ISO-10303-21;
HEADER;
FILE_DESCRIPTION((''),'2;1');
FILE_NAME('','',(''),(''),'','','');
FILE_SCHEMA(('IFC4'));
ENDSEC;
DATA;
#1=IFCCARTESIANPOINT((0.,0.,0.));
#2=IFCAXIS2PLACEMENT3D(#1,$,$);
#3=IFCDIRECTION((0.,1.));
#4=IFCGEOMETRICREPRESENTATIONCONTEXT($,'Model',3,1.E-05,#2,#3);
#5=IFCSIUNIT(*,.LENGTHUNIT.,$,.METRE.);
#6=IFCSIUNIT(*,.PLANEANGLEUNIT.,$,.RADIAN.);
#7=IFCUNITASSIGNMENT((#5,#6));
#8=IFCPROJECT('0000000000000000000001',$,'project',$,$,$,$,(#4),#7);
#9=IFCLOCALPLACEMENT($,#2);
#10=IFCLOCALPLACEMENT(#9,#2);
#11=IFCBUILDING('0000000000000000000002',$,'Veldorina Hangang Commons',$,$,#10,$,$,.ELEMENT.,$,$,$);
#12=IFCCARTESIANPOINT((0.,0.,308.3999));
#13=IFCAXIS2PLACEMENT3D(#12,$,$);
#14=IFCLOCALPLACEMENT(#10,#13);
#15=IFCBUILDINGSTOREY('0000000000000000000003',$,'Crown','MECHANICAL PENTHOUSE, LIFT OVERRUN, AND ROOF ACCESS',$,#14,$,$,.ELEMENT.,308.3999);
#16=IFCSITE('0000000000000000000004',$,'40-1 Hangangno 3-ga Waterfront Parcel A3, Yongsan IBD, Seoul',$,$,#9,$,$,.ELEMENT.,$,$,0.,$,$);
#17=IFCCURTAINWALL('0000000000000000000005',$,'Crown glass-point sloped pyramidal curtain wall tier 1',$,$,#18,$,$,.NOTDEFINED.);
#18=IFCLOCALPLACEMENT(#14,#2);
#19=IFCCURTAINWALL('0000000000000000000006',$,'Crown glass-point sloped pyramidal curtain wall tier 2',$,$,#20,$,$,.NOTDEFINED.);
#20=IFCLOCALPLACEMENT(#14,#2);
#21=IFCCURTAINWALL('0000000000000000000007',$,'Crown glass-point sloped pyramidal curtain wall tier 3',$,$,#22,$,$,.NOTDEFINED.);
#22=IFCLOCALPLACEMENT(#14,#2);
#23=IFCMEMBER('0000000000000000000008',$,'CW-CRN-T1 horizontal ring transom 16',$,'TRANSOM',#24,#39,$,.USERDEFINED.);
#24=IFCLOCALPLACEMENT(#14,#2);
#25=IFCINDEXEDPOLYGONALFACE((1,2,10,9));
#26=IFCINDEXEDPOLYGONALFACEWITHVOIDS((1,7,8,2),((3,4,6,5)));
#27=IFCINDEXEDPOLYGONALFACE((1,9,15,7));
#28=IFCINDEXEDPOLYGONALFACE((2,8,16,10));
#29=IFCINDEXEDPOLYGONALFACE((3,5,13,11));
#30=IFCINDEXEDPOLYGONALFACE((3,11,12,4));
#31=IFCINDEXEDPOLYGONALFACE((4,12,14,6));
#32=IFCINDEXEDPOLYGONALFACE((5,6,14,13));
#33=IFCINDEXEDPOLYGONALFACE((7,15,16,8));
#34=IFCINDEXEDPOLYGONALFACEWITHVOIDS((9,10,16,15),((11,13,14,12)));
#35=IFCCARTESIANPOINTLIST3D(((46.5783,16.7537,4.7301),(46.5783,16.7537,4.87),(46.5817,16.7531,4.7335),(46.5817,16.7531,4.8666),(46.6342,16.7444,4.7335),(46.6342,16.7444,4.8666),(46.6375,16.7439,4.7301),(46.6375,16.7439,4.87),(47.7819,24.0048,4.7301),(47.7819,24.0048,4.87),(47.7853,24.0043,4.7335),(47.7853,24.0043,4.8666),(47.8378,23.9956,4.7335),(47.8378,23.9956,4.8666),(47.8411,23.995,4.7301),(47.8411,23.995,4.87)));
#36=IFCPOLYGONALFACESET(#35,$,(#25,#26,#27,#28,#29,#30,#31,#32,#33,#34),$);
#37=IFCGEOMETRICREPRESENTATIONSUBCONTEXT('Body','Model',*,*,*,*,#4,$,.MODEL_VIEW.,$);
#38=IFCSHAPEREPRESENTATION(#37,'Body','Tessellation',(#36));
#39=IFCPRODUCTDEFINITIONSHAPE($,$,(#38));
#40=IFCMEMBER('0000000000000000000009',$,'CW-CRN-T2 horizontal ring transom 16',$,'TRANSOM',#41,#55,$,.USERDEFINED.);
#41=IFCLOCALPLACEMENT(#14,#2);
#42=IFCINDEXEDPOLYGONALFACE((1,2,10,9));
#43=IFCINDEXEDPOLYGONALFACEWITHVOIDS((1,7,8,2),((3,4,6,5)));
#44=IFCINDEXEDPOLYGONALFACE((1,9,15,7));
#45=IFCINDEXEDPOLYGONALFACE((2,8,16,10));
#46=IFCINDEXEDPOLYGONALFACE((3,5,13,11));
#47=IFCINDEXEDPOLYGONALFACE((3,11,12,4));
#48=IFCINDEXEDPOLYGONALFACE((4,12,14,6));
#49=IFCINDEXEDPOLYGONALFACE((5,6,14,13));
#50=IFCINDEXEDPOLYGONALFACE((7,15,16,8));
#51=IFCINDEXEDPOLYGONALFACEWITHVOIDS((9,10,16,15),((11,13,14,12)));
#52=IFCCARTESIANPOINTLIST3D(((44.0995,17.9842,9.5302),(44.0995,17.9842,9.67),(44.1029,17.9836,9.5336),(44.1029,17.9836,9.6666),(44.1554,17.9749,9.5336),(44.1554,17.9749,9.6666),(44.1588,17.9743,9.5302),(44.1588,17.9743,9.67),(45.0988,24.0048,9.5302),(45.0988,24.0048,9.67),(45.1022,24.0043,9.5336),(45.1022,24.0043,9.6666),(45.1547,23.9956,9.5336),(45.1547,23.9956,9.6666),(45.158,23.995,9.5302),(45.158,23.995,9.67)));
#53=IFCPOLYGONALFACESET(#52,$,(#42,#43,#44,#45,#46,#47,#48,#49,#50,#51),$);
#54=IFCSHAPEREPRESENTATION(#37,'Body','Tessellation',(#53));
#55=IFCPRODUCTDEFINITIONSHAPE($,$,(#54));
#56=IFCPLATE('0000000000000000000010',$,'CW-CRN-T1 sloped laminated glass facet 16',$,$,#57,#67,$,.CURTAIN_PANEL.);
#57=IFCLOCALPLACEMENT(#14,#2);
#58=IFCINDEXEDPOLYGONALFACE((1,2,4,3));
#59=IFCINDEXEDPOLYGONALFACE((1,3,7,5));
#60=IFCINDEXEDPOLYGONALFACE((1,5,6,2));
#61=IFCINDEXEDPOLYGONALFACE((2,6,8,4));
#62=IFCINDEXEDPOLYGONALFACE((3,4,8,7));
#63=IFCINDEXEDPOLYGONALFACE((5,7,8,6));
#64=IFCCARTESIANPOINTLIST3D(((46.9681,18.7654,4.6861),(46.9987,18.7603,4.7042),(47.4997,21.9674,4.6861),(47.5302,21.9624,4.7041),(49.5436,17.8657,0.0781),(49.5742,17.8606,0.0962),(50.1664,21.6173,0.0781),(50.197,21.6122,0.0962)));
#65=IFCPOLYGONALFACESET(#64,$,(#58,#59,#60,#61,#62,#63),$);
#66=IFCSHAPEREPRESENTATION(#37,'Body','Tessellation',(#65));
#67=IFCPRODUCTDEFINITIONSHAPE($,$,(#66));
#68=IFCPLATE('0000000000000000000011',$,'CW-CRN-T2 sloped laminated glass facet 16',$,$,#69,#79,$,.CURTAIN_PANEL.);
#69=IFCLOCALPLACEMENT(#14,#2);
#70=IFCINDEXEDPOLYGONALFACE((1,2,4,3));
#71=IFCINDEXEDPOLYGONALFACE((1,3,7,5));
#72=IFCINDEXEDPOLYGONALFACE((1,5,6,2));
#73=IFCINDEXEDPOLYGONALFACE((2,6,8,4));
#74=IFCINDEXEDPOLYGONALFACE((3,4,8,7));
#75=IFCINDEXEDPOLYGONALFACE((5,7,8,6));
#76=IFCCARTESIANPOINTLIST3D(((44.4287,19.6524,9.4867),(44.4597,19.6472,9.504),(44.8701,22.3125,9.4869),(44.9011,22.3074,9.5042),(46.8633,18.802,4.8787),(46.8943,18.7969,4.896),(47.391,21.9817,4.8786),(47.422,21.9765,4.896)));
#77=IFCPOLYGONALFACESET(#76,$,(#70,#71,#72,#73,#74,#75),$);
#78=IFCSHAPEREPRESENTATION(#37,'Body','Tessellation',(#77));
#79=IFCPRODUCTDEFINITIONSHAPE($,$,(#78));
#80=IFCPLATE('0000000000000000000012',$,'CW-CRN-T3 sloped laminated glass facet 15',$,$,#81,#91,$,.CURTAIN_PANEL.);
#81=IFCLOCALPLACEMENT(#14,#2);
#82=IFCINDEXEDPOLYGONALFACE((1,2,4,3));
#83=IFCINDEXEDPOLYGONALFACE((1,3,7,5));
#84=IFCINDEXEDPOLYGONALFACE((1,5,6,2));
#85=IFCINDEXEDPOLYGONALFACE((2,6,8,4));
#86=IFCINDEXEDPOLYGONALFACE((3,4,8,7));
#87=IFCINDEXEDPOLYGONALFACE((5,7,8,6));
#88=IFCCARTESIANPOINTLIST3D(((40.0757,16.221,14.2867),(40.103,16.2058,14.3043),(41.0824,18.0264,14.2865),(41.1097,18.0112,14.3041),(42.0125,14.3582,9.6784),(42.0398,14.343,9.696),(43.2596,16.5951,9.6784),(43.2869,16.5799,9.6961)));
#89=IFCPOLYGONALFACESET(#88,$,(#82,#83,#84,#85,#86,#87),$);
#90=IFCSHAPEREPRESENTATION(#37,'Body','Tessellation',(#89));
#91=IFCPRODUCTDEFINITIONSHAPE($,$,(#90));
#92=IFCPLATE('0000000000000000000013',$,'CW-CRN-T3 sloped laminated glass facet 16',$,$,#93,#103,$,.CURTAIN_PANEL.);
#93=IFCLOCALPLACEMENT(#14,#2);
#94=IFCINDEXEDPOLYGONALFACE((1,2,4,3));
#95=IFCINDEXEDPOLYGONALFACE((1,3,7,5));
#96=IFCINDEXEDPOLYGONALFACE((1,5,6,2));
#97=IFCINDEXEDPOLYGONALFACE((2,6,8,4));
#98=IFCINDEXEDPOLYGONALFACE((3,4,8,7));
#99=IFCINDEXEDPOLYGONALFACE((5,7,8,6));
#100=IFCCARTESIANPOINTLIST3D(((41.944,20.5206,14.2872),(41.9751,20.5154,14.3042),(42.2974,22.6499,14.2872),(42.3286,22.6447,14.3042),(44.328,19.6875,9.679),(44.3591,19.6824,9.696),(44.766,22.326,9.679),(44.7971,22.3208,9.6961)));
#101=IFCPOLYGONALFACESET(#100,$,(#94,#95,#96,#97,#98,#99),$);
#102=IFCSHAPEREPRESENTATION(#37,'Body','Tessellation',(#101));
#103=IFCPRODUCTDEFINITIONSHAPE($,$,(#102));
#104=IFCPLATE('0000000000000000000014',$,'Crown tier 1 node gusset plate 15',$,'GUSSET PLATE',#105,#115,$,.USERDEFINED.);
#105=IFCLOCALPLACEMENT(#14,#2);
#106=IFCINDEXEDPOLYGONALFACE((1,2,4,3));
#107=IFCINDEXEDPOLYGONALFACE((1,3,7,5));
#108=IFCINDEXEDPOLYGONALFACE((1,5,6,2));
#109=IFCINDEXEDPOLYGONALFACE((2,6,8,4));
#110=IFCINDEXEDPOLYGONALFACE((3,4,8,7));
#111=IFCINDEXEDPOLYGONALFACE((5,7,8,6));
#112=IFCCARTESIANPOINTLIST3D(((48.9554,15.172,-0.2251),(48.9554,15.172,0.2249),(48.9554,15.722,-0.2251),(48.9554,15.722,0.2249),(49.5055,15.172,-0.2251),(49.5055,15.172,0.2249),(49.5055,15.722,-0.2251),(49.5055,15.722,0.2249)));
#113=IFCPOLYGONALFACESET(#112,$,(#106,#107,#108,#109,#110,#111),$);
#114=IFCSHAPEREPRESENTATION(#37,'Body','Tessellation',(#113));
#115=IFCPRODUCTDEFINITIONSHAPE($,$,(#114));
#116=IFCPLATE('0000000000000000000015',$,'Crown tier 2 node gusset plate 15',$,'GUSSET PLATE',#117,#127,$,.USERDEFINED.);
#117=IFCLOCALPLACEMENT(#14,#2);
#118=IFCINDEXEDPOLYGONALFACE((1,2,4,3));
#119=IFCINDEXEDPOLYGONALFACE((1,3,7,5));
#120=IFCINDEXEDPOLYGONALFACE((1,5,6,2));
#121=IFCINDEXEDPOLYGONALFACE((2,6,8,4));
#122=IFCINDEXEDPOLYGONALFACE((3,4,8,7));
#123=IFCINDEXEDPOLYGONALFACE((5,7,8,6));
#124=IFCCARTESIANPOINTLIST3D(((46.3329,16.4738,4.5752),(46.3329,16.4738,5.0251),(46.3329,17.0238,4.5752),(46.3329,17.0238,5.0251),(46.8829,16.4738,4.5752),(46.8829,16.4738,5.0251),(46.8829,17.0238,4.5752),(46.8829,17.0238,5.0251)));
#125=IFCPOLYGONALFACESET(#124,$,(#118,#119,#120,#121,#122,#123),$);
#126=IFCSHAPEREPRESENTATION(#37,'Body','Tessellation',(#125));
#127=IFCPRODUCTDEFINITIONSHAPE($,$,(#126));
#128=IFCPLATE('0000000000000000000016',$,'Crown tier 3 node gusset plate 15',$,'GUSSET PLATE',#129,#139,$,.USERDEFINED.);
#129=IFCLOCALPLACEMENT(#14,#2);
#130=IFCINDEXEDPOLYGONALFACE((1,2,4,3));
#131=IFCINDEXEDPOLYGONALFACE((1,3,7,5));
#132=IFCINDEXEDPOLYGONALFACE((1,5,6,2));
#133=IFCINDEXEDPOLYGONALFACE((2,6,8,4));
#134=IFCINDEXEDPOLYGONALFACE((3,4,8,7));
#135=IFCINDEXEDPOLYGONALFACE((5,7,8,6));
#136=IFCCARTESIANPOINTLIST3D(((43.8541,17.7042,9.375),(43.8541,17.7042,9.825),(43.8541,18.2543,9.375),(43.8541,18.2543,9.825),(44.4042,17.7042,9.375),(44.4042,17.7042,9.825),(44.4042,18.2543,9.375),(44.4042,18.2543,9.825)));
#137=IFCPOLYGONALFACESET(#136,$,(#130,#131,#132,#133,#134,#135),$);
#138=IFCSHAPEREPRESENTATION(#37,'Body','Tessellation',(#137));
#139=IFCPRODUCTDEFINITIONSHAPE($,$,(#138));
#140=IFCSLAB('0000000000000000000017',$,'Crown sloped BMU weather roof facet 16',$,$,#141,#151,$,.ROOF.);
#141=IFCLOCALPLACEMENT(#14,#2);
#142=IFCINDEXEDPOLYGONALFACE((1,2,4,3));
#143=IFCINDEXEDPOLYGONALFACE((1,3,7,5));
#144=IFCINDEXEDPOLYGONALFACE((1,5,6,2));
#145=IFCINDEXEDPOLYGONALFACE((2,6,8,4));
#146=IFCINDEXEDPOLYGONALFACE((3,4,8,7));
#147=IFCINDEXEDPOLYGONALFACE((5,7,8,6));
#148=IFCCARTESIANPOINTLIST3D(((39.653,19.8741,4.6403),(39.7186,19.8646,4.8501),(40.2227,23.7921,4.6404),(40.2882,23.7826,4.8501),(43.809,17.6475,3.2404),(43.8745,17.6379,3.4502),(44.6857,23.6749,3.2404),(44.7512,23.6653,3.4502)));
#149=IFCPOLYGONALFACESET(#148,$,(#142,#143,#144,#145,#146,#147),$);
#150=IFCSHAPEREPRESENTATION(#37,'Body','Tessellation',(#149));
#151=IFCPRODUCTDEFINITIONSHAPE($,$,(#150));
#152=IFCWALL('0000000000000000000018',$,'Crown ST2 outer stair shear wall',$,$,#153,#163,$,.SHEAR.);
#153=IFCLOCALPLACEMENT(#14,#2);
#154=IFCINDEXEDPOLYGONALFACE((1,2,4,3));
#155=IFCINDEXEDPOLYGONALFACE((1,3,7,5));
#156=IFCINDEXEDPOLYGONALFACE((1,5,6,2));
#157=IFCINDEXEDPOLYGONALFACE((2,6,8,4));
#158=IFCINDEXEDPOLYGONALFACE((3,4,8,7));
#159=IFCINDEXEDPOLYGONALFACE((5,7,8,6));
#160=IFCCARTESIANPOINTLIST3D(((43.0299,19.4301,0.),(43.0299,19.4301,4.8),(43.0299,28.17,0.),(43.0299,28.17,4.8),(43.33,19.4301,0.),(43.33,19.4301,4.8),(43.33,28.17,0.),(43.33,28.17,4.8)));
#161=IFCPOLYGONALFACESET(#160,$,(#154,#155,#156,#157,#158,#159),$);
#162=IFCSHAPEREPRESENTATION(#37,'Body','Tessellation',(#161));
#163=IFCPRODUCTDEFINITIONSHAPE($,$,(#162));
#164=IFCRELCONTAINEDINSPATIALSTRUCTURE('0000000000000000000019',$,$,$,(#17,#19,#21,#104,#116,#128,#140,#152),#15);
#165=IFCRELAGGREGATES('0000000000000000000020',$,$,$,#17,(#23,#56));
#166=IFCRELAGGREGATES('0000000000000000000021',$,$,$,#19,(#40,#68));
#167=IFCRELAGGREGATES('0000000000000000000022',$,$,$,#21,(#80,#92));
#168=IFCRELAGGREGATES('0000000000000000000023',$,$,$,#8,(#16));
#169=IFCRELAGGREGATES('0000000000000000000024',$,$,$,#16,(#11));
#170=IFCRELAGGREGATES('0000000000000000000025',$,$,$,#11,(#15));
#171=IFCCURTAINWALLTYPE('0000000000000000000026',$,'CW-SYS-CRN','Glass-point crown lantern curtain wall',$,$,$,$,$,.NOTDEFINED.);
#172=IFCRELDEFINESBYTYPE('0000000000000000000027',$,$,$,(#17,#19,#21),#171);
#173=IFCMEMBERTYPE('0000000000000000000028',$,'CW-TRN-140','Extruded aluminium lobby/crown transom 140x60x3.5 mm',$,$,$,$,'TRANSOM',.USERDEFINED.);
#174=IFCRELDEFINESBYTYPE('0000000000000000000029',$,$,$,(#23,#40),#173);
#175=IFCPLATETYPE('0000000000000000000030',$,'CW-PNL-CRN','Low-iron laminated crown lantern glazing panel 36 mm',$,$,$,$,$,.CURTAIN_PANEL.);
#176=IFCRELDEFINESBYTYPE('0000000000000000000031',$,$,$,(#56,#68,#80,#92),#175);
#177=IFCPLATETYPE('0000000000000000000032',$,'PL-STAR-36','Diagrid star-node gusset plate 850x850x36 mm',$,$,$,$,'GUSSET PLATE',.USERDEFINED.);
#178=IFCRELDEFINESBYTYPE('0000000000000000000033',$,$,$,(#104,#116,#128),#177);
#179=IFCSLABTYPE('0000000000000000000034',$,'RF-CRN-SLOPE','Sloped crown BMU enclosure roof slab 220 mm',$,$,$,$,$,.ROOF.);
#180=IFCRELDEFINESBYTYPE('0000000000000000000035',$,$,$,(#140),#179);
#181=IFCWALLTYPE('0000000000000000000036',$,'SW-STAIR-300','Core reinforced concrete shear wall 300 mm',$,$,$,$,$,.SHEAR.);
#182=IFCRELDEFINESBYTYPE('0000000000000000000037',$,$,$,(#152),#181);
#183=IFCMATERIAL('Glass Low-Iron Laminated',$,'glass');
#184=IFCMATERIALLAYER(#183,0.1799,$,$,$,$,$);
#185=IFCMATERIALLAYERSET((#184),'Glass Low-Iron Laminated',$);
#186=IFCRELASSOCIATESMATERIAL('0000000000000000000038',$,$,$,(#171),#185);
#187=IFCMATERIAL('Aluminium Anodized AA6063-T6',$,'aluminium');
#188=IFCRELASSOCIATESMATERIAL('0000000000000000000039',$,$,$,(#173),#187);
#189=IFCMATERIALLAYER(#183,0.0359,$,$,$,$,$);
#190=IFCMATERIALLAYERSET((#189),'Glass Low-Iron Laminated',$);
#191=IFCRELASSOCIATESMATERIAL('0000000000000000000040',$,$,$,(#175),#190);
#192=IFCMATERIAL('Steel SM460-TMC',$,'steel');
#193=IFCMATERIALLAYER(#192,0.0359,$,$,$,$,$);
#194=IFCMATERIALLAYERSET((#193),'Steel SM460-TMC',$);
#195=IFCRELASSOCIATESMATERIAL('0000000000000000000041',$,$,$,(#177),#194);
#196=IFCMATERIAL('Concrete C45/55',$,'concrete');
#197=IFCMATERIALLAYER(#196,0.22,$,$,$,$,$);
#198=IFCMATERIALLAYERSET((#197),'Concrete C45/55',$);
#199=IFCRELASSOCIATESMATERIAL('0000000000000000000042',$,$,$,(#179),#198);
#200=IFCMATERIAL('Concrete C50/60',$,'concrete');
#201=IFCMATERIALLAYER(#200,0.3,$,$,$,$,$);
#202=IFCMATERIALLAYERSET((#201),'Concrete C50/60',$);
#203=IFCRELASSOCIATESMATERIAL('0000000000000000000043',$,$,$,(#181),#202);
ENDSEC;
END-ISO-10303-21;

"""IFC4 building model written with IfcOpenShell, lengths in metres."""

from ifc_helpers import new_model, si_unit, direction, frame, frame_2d, origin, origin_2d, place, context, subcontext, project, spatial, polyline, rectangle, hollow_rectangle, outline, extrude, material, layer, layer_set, material_profile, profile_set, type_object, element, aggregate, save


model = new_model("IFC4")

# Units and contexts
model_context = context("Model", 3, precision=1e-05, world=origin(), true_north=direction((0.0, 1.0)))
body_context = subcontext(model_context, "Body", "Model", "MODEL_VIEW")
ifc_project = project(units=[si_unit("LENGTHUNIT", "METRE"), si_unit("PLANEANGLEUNIT", "RADIAN")], contexts=[model_context])

# Site, building, storey
site_placement = place(None, origin())
site = spatial("IfcSite", under=ifc_project, at=site_placement, Name="40-1 Hangangno 3-ga Waterfront Parcel A3, Yongsan IBD, Seoul", CompositionType="ELEMENT", RefElevation=0.0)
building_placement = place(site_placement, origin())
building = spatial("IfcBuilding", under=site, at=building_placement, Name="Veldorina Hangang Commons", CompositionType="ELEMENT")
storey_placement = place(building_placement, frame((0.0, 0.0, 308.3999)))
storey = spatial("IfcBuildingStorey", under=building, at=storey_placement, Name="Crown", Description="MECHANICAL PENTHOUSE, LIFT OVERRUN, AND ROOF ACCESS", CompositionType="ELEMENT", Elevation=308.3999)

# Shared definitions
ifc_material_1 = material(Name="Steel SM460-TMC", Category="steel")

# Curtain wall
ifc_material_2 = material(Name="Glass Low-Iron Laminated", Category="glass")
ifc_layer_1 = layer(ifc_material_2, 0.1799)
ifc_layer_set_1 = layer_set([ifc_layer_1], Name="Glass Low-Iron Laminated")
curtain_wall_type = type_object("IfcCurtainWallType", Name="CW-SYS-CRN", Description="Glass-point crown lantern curtain wall", PredefinedType="NOTDEFINED", material=ifc_layer_set_1)
curtain_wall_1_placement = place(storey_placement, origin())
curtain_wall_1 = element("IfcCurtainWall", 1, at=curtain_wall_1_placement, inside=storey, type_object=curtain_wall_type, Name="Crown glass-point sloped pyramidal curtain wall tier 1", PredefinedType="NOTDEFINED")
ifc_material_3 = material(Name="Aluminium Anodized AA6063-T6", Category="aluminium")

# Curtain walls
curtain_wall_2_placement = place(storey_placement, origin())
curtain_wall_2 = element("IfcCurtainWall", 2, at=curtain_wall_2_placement, inside=storey, type_object=curtain_wall_type, Name="Crown glass-point sloped pyramidal curtain wall tier 2", PredefinedType="NOTDEFINED")
curtain_wall_3_placement = place(storey_placement, origin())
curtain_wall_3 = element("IfcCurtainWall", 3, at=curtain_wall_3_placement, inside=storey, type_object=curtain_wall_type, Name="Crown glass-point sloped pyramidal curtain wall tier 3", PredefinedType="NOTDEFINED")

# Members
ifc_material_profile_1 = material_profile(ifc_material_3, hollow_rectangle(XDim=0.0601, YDim=0.1399, WallThickness=0.0034, at=origin_2d()), Name="ALU-RHS-140x60x3.5")
ifc_profile_set_1 = profile_set([ifc_material_profile_1], Name="Aluminium Anodized AA6063-T6")
member_type_1 = type_object("IfcMemberType", Name="CW-TRN-140", Description="Extruded aluminium lobby/crown transom 140x60x3.5 mm", ElementType="TRANSOM", PredefinedType="USERDEFINED", material=ifc_profile_set_1)
member_1_placement = place(storey_placement, frame((46.6079, 16.7488, 4.8), z_axis=(0.163747, 0.986502, 0.0), x_axis=(-0.986502, 0.163747, 0.0)))
member_1 = element("IfcMember", 4, at=member_1_placement, type_object=member_type_1, Name="CW-CRN-T1 horizontal ring transom 16", ObjectType="TRANSOM", PredefinedType="USERDEFINED", context=body_context, shape_type="SweptSolid", body=[
    extrude(hollow_rectangle(XDim=0.0601, YDim=0.1399, WallThickness=0.0034, at=origin_2d()), origin(), (0.0, 0.0, 1.0), 7.3503),
])
member_2_placement = place(storey_placement, frame((44.1292, 17.9792, 9.6001), z_axis=(0.163731, 0.986505, 0.0), x_axis=(-0.986505, 0.163731, 0.0)))
member_2 = element("IfcMember", 5, at=member_2_placement, type_object=member_type_1, Name="CW-CRN-T2 horizontal ring transom 16", ObjectType="TRANSOM", PredefinedType="USERDEFINED", context=body_context, shape_type="SweptSolid", body=[
    extrude(hollow_rectangle(XDim=0.0601, YDim=0.1399, WallThickness=0.0034, at=origin_2d()), origin(), (0.0, 0.0, 1.0), 6.103),
])

# Plates
ifc_layer_2 = layer(ifc_material_2, 0.0359)
ifc_layer_set_2 = layer_set([ifc_layer_2], Name="Glass Low-Iron Laminated")
plate_type_1 = type_object("IfcPlateType", Name="CW-PNL-CRN", Description="Low-iron laminated crown lantern glazing panel 36 mm", PredefinedType="CURTAIN_PANEL", material=ifc_layer_set_2)
plate_1_placement = place(storey_placement, frame((49.5742, 17.8606, 0.0962), z_axis=(0.852112, -0.141445, 0.503884), x_axis=(0.163756, 0.986501, -0.000005)))
plate_1 = element("IfcPlate", 6, at=plate_1_placement, type_object=plate_type_1, Name="CW-CRN-T1 sloped laminated glass facet 16", PredefinedType="CURTAIN_PANEL", context=body_context, shape_type="SweptSolid", body=[
    extrude(outline(polyline([(0.0, 0.0), (3.803, 0.0), (3.7117, 5.3347), (0.4658, 5.3347), (0.0, 0.0)])), origin(), (0.0, 0.0, -1.0), 0.0359),
])
aggregate(curtain_wall_1, [member_1, plate_1])
plate_2_placement = place(storey_placement, frame((46.8943, 18.7969, 4.896), z_axis=(0.863872, -0.143377, 0.482875), x_axis=(0.163737, 0.986504, -0.000013)))
plate_2 = element("IfcPlate", 7, at=plate_2_placement, type_object=plate_type_1, Name="CW-CRN-T2 sloped laminated glass facet 16", PredefinedType="CURTAIN_PANEL", context=body_context, shape_type="SweptSolid", body=[
    extrude(outline(polyline([(0.0, 0.0), (3.2231, 0.0), (3.1367, 5.2625), (0.4402, 5.2622), (0.0, 0.0)])), origin(), (0.0, 0.0, -1.0), 0.0359),
])
aggregate(curtain_wall_2, [member_2, plate_2])
plate_3_placement = place(storey_placement, frame((42.0398, 14.343, 9.696), z_axis=(0.760788, -0.424161, 0.491212), x_axis=(0.486958, 0.873425, 0.000003)))
plate_3 = element("IfcPlate", 8, at=plate_3_placement, type_object=plate_type_1, Name="CW-CRN-T3 sloped laminated glass facet 15", PredefinedType="CURTAIN_PANEL", context=body_context, shape_type="SweptSolid", body=[
    extrude(outline(polyline([(0.0, 0.0), (2.561, 0.0), (2.751, 5.2903), (0.6838, 5.2905), (0.0, 0.0)])), origin(), (0.0, 0.0, -1.0), 0.0359),
])
plate_4_placement = place(storey_placement, frame((44.3591, 19.6824, 9.696), z_axis=(0.868038, -0.144103, 0.475126), x_axis=(0.163767, 0.986499, 0.000002)))
plate_4 = element("IfcPlate", 9, at=plate_4_placement, type_object=plate_type_1, Name="CW-CRN-T3 sloped laminated glass facet 16", PredefinedType="CURTAIN_PANEL", context=body_context, shape_type="SweptSolid", body=[
    extrude(outline(polyline([(0.0, 0.0), (2.6746, 0.0), (2.5898, 5.2371), (0.4314, 5.2371), (0.0, 0.0)])), origin(), (0.0, 0.0, -1.0), 0.0359),
])
aggregate(curtain_wall_3, [plate_3, plate_4])

# Plates
ifc_layer_3 = layer(ifc_material_1, 0.0359)
ifc_layer_set_3 = layer_set([ifc_layer_3], Name="Steel SM460-TMC")
plate_type_2 = type_object("IfcPlateType", Name="PL-STAR-36", Description="Diagrid star-node gusset plate 850x850x36 mm", ElementType="GUSSET PLATE", PredefinedType="USERDEFINED", material=ifc_layer_set_3)
for number, where, z_axis, x_axis, name in (
    (10, (49.2305, 15.447, -0.2251), (0.0, 0.0, 1.0), (1.0, 0.0, 0.0), "Crown tier 1 node gusset plate 15"),
    (11, (46.6079, 16.7488, 4.5752), (0.0, 0.0, 1.0), (1.0, 0.0, 0.0), "Crown tier 2 node gusset plate 15"),
    (12, (44.1292, 17.9792, 9.375), (0.0, 0.0, 1.0), (1.0, 0.0, 0.0), "Crown tier 3 node gusset plate 15"),
):
    element("IfcPlate", number, at=place(storey_placement, frame(where, z_axis=z_axis, x_axis=x_axis)), inside=storey, type_object=plate_type_2, Name=name, ObjectType="GUSSET PLATE", PredefinedType="USERDEFINED", context=body_context, shape_type="SweptSolid", body=[
        extrude(rectangle(XDim=0.55, YDim=0.55, at=origin_2d()), origin(), (0.0, 0.0, 1.0), 0.45),
    ])

# Slab
ifc_material_4 = material(Name="Concrete C45/55", Category="concrete")
ifc_layer_4 = layer(ifc_material_4, 0.22)
ifc_layer_set_4 = layer_set([ifc_layer_4], Name="Concrete C45/55")
slab_type = type_object("IfcSlabType", Name="RF-CRN-SLOPE", Description="Sloped crown BMU enclosure roof slab 220 mm", PredefinedType="ROOF", material=ifc_layer_set_4)
slab_placement = place(storey_placement, frame((43.8745, 17.6379, 3.4502), z_axis=(0.297982, -0.043341, 0.953587), x_axis=(0.14394, 0.989586, -0.000002)))
element("IfcSlab", 13, at=slab_placement, inside=storey, type_object=slab_type, Name="Crown sloped BMU weather roof facet 16", PredefinedType="ROOF", context=body_context, shape_type="SweptSolid", body=[
    extrude(outline(polyline([(0.0, 0.0), (6.0908, 0.0), (5.5645, 4.6492), (1.6052, 4.6489), (0.0, 0.0)])), origin(), (0.0, 0.0, -1.0), 0.22),
])

# Wall
ifc_material_5 = material(Name="Concrete C50/60", Category="concrete")
ifc_layer_5 = layer(ifc_material_5, 0.3)
ifc_layer_set_5 = layer_set([ifc_layer_5], Name="Concrete C50/60")
wall_type = type_object("IfcWallType", Name="SW-STAIR-300", Description="Core reinforced concrete shear wall 300 mm", PredefinedType="SHEAR", material=ifc_layer_set_5)
wall_placement = place(storey_placement, frame((43.1799, 19.4299, 0.0), z_axis=(0.0, 0.0, 1.0), x_axis=(0.0, 1.0, 0.0)))
element("IfcWall", 14, at=wall_placement, inside=storey, type_object=wall_type, Name="Crown ST2 outer stair shear wall", PredefinedType="SHEAR", context=body_context, shape_type="SweptSolid", body=[
    extrude(rectangle(XDim=8.74, YDim=0.3, at=frame_2d((4.3701, 0.0))), origin(), (0.0, 0.0, 1.0), 4.8),
])

save(model, "model.ifc")
